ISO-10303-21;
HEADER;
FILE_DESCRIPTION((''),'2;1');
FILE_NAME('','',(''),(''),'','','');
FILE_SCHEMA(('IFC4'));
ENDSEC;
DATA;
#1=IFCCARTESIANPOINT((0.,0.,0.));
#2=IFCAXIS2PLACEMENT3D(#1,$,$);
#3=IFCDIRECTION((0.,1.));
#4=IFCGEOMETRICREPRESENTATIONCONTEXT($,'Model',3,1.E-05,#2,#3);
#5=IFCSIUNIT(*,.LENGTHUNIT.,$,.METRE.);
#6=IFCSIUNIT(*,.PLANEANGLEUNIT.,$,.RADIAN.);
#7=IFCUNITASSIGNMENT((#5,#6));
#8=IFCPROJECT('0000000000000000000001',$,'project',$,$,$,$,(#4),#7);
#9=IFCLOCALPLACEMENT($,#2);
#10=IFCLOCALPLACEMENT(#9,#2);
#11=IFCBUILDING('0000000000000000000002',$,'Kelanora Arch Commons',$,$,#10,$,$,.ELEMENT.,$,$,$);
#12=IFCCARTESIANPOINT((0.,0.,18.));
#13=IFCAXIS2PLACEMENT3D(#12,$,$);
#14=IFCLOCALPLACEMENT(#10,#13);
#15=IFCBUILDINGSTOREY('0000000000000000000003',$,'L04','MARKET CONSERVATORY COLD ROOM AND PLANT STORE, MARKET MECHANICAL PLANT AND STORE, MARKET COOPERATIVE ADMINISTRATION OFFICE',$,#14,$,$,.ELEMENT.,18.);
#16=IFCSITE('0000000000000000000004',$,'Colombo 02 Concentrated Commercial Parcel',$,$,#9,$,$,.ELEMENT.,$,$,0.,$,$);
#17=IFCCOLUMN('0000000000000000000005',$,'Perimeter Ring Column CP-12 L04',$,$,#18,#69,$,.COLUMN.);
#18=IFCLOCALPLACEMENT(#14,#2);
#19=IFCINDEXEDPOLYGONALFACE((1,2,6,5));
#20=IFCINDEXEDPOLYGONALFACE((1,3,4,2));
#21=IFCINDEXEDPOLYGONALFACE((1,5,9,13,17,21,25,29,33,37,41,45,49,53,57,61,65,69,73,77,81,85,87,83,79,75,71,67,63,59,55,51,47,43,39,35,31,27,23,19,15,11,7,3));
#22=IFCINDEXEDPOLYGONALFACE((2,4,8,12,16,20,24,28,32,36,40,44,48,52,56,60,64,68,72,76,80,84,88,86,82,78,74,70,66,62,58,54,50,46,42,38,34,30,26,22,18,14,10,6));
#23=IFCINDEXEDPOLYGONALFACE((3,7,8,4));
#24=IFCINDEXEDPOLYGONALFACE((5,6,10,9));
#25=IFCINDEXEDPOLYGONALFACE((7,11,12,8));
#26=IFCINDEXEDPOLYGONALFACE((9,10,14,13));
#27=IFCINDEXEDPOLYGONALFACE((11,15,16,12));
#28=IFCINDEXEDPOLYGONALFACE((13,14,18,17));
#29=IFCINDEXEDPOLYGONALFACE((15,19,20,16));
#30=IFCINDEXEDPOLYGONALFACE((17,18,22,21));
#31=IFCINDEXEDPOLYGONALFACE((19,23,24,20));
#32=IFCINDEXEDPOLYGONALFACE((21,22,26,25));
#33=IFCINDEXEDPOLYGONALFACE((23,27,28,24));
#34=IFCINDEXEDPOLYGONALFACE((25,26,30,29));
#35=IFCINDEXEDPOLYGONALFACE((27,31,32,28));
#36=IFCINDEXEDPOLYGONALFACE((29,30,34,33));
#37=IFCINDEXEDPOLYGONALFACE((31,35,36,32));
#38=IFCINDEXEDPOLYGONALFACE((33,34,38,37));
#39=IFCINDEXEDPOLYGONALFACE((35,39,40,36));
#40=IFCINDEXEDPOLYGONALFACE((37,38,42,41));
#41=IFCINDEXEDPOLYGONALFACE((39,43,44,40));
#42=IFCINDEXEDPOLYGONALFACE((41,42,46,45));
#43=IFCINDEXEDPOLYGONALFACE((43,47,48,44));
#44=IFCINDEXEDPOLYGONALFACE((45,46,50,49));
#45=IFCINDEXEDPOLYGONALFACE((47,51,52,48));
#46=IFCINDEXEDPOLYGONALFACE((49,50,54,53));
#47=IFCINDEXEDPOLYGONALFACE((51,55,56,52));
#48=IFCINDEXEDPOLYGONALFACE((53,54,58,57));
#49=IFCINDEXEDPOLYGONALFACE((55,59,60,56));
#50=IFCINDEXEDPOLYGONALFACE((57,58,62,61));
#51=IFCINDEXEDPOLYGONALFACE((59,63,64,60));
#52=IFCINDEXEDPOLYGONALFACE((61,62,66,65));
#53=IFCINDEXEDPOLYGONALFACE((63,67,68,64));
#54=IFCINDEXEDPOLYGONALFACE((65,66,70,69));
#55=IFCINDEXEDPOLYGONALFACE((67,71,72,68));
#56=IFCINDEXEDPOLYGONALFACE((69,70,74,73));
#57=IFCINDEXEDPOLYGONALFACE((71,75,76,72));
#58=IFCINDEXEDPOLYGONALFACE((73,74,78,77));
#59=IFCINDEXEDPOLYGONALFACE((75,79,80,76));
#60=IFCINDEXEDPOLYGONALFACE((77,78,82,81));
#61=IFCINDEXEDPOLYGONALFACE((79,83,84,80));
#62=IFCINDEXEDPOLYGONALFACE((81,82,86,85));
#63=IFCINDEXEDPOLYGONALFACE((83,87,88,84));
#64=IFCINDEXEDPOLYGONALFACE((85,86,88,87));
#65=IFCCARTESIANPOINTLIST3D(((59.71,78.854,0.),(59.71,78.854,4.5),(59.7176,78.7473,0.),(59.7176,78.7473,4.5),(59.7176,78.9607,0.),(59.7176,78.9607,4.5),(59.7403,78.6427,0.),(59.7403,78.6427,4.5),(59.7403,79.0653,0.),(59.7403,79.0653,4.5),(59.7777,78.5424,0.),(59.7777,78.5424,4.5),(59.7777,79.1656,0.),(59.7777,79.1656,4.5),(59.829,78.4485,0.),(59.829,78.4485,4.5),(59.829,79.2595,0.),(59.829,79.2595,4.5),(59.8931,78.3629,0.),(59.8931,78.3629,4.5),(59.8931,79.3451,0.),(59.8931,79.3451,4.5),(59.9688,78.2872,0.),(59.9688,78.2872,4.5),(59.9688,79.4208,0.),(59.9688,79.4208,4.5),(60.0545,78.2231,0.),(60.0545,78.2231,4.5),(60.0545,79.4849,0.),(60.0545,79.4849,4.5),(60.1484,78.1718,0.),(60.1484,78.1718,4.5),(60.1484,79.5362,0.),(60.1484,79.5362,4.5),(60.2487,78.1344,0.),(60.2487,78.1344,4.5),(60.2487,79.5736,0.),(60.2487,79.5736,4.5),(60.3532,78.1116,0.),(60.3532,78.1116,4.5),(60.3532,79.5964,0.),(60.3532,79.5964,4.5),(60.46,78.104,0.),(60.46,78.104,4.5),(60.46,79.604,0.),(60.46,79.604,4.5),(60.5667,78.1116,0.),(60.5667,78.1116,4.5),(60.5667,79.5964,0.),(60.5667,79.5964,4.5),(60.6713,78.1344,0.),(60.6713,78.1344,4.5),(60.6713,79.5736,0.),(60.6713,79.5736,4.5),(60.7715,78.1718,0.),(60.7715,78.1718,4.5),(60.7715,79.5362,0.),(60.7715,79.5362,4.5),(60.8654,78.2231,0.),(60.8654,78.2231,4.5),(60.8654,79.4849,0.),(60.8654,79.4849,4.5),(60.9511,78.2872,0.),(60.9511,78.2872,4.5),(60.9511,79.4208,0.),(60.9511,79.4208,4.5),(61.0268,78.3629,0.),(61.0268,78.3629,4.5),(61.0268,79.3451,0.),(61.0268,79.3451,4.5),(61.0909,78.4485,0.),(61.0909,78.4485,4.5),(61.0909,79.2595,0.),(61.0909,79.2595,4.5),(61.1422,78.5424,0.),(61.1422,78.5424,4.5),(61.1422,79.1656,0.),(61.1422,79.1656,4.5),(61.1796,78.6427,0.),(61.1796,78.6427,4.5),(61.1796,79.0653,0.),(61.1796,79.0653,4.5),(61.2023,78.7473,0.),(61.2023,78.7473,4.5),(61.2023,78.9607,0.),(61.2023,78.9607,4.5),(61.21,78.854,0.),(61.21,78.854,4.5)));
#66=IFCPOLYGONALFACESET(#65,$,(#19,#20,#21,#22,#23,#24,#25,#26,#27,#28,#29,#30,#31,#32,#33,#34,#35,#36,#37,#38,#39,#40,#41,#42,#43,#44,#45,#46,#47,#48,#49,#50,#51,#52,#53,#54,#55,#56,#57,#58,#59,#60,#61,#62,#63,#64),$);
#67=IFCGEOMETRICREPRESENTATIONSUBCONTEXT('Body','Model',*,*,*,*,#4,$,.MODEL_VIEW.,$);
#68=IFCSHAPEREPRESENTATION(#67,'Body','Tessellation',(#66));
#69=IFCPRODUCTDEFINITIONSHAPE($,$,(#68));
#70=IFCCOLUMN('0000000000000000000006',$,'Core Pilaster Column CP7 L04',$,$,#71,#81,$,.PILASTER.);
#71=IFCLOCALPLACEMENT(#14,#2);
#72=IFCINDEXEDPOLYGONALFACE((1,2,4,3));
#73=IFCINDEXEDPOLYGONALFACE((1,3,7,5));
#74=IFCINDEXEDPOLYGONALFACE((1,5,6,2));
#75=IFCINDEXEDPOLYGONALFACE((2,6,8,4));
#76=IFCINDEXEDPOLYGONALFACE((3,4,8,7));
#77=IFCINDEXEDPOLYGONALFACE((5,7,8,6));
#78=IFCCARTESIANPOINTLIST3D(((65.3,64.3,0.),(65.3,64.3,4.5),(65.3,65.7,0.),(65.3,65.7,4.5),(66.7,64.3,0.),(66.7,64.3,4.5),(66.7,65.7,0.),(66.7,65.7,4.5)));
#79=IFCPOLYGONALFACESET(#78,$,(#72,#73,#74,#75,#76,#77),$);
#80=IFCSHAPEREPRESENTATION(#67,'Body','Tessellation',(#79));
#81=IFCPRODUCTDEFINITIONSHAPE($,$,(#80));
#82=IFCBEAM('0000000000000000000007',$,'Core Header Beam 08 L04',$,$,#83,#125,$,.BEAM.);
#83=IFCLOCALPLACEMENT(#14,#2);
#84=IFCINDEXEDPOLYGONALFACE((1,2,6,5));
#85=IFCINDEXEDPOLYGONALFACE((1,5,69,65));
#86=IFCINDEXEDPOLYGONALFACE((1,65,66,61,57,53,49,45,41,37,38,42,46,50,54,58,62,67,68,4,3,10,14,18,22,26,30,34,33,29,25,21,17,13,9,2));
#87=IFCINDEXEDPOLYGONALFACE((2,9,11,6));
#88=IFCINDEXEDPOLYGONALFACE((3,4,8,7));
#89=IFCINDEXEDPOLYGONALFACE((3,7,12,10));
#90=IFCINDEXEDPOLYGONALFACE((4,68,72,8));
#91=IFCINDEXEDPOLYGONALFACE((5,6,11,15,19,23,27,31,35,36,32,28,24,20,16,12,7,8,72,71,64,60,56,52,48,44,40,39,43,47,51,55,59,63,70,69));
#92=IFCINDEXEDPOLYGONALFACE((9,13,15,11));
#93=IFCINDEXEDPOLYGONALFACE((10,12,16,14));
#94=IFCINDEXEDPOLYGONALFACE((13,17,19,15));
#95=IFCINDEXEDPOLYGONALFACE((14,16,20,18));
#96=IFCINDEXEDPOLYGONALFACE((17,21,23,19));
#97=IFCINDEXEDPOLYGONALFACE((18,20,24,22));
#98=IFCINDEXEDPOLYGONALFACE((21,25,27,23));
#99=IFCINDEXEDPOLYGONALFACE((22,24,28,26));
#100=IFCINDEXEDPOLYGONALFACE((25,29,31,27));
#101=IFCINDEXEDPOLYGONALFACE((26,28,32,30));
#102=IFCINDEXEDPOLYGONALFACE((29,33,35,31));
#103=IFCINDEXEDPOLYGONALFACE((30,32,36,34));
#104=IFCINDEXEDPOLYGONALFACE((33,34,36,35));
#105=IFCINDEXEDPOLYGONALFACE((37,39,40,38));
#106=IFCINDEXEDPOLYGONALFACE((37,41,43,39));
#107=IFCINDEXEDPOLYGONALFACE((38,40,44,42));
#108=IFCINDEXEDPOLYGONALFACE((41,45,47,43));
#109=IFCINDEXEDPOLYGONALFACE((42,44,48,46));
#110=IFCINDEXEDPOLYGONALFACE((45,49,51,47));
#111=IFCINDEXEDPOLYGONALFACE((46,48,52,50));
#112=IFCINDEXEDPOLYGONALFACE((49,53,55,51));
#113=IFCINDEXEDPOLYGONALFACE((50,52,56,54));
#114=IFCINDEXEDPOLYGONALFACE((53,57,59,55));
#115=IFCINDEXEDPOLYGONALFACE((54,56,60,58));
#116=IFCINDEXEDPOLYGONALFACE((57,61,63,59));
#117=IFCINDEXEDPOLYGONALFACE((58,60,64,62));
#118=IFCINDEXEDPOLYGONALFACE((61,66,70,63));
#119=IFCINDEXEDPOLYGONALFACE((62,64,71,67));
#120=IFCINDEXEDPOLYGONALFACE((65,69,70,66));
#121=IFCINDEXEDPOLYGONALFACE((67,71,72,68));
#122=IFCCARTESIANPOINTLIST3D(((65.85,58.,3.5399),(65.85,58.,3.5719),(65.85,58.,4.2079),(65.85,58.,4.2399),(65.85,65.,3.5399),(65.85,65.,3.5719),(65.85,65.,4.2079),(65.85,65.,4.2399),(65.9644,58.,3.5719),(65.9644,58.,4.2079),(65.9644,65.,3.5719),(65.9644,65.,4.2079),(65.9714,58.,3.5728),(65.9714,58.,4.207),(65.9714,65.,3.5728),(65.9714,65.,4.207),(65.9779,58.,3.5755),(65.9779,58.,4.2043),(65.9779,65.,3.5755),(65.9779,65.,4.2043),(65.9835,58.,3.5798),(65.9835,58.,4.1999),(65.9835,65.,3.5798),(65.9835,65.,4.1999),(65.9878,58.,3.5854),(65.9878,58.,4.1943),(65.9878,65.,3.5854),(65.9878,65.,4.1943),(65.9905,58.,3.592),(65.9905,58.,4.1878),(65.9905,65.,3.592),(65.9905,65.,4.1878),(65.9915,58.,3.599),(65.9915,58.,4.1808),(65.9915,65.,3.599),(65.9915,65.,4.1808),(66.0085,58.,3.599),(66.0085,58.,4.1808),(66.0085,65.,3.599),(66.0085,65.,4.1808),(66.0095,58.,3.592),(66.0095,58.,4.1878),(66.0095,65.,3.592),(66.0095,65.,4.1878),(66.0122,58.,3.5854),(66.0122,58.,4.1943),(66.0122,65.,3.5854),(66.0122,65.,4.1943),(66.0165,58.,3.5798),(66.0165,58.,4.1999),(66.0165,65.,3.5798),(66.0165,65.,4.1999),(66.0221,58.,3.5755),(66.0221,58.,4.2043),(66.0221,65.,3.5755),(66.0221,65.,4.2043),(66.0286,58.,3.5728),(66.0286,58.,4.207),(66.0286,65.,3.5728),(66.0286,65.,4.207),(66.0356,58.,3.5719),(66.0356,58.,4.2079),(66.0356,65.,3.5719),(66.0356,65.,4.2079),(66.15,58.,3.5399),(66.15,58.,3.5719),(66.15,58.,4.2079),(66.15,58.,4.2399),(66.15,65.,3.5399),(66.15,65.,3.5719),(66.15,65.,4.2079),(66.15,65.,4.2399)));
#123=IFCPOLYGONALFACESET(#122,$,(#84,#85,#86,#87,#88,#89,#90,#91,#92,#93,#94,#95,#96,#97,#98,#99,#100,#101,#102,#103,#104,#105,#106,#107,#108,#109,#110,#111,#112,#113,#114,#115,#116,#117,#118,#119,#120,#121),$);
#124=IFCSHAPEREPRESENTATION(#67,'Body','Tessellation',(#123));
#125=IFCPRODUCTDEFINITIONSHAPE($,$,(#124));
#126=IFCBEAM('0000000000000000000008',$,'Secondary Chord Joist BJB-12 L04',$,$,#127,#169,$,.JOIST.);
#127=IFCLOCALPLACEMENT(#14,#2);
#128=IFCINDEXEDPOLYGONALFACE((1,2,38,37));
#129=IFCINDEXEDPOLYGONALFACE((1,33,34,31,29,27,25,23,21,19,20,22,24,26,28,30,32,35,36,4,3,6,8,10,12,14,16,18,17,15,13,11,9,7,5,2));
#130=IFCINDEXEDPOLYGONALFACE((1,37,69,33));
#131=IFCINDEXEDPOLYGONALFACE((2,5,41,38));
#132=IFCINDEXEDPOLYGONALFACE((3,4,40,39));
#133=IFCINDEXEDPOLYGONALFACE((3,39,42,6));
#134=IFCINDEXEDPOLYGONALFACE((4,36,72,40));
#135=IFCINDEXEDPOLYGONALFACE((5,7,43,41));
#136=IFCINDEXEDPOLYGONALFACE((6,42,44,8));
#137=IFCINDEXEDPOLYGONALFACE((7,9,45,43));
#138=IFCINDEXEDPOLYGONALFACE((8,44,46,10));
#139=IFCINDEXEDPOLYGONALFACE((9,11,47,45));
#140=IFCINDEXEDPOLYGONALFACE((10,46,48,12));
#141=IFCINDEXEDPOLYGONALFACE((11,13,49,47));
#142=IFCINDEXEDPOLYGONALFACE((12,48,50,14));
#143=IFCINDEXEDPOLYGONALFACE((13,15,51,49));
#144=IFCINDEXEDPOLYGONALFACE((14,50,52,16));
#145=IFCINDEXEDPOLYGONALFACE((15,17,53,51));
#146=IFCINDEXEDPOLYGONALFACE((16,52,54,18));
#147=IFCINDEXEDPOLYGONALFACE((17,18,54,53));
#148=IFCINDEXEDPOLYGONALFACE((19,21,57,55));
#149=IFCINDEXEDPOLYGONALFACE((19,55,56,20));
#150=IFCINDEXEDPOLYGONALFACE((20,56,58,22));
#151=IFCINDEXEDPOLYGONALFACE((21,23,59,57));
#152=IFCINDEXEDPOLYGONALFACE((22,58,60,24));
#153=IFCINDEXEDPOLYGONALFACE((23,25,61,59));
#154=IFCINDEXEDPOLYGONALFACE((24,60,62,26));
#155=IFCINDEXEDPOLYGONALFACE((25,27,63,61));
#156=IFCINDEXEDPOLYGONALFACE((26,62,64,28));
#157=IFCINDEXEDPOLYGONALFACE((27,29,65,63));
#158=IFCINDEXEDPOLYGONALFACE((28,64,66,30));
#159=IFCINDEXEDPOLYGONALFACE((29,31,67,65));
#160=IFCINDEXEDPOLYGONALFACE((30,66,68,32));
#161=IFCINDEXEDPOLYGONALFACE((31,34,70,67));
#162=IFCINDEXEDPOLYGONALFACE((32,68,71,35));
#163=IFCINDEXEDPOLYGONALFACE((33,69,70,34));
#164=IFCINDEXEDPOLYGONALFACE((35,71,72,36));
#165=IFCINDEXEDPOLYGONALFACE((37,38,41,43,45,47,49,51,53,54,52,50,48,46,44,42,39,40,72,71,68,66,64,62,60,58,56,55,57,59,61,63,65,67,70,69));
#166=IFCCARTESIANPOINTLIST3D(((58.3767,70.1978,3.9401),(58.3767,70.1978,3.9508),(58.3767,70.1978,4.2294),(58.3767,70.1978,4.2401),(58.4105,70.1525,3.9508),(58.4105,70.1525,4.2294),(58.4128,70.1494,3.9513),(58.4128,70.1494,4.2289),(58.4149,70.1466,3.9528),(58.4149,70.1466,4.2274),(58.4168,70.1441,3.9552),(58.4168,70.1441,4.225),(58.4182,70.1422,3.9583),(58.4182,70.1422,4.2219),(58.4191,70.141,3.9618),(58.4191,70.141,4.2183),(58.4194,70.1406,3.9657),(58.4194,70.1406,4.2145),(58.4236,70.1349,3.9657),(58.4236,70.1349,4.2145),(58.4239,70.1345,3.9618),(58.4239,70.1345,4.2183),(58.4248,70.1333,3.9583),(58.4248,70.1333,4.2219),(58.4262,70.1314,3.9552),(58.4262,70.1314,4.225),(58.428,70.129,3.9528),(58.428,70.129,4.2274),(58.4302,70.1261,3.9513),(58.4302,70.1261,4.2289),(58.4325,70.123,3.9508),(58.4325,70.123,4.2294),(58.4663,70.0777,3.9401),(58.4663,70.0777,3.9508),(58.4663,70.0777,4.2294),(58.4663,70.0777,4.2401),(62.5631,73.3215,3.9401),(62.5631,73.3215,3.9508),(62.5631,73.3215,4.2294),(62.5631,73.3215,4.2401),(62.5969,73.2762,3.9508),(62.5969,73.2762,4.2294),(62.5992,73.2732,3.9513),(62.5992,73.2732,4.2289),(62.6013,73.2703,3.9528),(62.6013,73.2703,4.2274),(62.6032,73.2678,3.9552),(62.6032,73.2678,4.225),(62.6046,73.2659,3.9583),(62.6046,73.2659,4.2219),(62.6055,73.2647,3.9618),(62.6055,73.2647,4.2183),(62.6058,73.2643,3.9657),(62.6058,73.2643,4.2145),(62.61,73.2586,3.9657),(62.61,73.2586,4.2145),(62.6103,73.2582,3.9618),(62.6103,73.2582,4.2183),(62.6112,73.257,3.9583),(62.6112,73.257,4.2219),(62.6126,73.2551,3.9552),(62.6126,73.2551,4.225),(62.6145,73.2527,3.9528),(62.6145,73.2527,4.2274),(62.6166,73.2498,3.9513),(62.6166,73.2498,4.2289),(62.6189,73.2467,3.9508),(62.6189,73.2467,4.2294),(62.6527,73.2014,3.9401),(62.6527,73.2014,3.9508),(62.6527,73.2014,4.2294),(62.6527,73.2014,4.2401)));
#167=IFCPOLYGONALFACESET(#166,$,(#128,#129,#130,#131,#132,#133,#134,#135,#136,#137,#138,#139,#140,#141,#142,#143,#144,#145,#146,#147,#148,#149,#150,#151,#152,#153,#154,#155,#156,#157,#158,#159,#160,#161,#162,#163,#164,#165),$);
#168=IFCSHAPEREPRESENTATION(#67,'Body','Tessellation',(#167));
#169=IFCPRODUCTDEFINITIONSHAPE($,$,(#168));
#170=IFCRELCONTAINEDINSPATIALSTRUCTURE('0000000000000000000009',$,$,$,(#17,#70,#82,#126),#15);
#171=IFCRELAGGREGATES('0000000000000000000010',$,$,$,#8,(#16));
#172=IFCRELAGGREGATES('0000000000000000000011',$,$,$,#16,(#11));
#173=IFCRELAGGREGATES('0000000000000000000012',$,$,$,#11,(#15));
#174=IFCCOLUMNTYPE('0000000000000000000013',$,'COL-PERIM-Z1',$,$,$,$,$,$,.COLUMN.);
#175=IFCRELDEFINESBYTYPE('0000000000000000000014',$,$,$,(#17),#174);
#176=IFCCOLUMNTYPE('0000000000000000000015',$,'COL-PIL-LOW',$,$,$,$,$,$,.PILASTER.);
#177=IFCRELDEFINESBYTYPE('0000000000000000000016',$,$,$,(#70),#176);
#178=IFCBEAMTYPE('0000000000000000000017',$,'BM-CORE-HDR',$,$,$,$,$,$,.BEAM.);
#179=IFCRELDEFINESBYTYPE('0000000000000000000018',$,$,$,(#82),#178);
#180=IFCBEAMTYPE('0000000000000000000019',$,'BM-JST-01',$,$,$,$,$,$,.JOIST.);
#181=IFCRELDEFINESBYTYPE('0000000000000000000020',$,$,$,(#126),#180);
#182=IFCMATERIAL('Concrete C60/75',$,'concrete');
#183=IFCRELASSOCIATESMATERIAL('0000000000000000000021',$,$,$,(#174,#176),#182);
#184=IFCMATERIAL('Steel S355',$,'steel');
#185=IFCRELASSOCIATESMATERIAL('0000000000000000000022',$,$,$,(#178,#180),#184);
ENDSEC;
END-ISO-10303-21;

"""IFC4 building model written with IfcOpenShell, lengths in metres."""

from ifc_helpers import new_model, si_unit, direction, frame, origin, origin_2d, place, context, subcontext, project, spatial, rectangle, circle, i_section, extrude, material, material_profile, profile_set, type_object, element, save


model = new_model("IFC4")

# Units and contexts
model_context = context("Model", 3, precision=1e-05, world=origin(), true_north=direction((0.0, 1.0)))
body_context = subcontext(model_context, "Body", "Model", "MODEL_VIEW")
ifc_project = project(units=[si_unit("LENGTHUNIT", "METRE"), si_unit("PLANEANGLEUNIT", "RADIAN")], contexts=[model_context])

# Site, building, storey
site_placement = place(None, origin())
site = spatial("IfcSite", under=ifc_project, at=site_placement, Name="Colombo 02 Concentrated Commercial Parcel", CompositionType="ELEMENT", RefElevation=0.0)
building_placement = place(site_placement, origin())
building = spatial("IfcBuilding", under=site, at=building_placement, Name="Kelanora Arch Commons", CompositionType="ELEMENT")
storey_placement = place(building_placement, frame((0.0, 0.0, 18.0)))
storey = spatial("IfcBuildingStorey", under=building, at=storey_placement, Name="L04", Description="MARKET CONSERVATORY COLD ROOM AND PLANT STORE, MARKET MECHANICAL PLANT AND STORE, MARKET COOPERATIVE ADMINISTRATION OFFICE", CompositionType="ELEMENT", Elevation=18.0)

# Columns
ifc_material_1 = material(Name="Concrete C60/75", Category="concrete")
ifc_material_profile_1 = material_profile(ifc_material_1, circle(Radius=0.75, at=origin_2d()), Name="RCC1500")
ifc_profile_set_1 = profile_set([ifc_material_profile_1], Name="Concrete C60/75")
column_type_1 = type_object("IfcColumnType", Name="COL-PERIM-Z1", PredefinedType="COLUMN", material=ifc_profile_set_1)
column_1_placement = place(storey_placement, frame((60.46, 78.854, 0.0), z_axis=(0.0, 0.0, 1.0), x_axis=(1.0, 0.0, 0.0)))
element("IfcColumn", 1, at=column_1_placement, inside=storey, type_object=column_type_1, Name="Perimeter Ring Column CP-12 L04", PredefinedType="COLUMN", context=body_context, shape_type="SweptSolid", body=[
    extrude(circle(Radius=0.75, at=origin_2d()), origin(), (0.0, 0.0, 1.0), 4.5),
])
ifc_material_profile_2 = material_profile(ifc_material_1, rectangle(XDim=1.3999, YDim=1.3999, at=origin_2d()), Name="RC1400x1400")
ifc_profile_set_2 = profile_set([ifc_material_profile_2], Name="Concrete C60/75")
column_type_2 = type_object("IfcColumnType", Name="COL-PIL-LOW", PredefinedType="PILASTER", material=ifc_profile_set_2)
column_2_placement = place(storey_placement, frame((66.0, 65.0, 0.0), z_axis=(0.0, 0.0, 1.0), x_axis=(1.0, 0.0, 0.0)))
element("IfcColumn", 2, at=column_2_placement, inside=storey, type_object=column_type_2, Name="Core Pilaster Column CP7 L04", PredefinedType="PILASTER", context=body_context, shape_type="SweptSolid", body=[
    extrude(rectangle(XDim=1.3999, YDim=1.3999, at=origin_2d()), origin(), (0.0, 0.0, 1.0), 4.5),
])

# Beams
ifc_material_2 = material(Name="Steel S355", Category="steel")
ifc_material_profile_3 = material_profile(ifc_material_2, i_section(OverallWidth=0.3, OverallDepth=0.7, WebThickness=0.0171, FlangeThickness=0.032, FilletRadius=0.0271, at=origin_2d()), Name="HEB700")
ifc_profile_set_3 = profile_set([ifc_material_profile_3], Name="Steel S355")
beam_type_1 = type_object("IfcBeamType", Name="BM-CORE-HDR", PredefinedType="BEAM", material=ifc_profile_set_3)
beam_1_placement = place(storey_placement, frame((66.0, 65.0, 3.8899), z_axis=(0.0, -1.0, 0.0), x_axis=(1.0, 0.0, 0.0)))
element("IfcBeam", 3, at=beam_1_placement, inside=storey, type_object=beam_type_1, Name="Core Header Beam 08 L04", PredefinedType="BEAM", context=body_context, shape_type="SweptSolid", body=[
    extrude(i_section(OverallWidth=0.3, OverallDepth=0.7, WebThickness=0.0171, FlangeThickness=0.032, FilletRadius=0.0271, at=origin_2d()), origin(), (0.0, 0.0, 1.0), 7.0),
])
ifc_material_profile_4 = material_profile(ifc_material_2, i_section(OverallWidth=0.1499, OverallDepth=0.3, WebThickness=0.0071, FlangeThickness=0.0107, FilletRadius=0.0149, at=origin_2d()), Name="IPE300")
ifc_profile_set_4 = profile_set([ifc_material_profile_4], Name="Steel S355")
beam_type_2 = type_object("IfcBeamType", Name="BM-JST-01", PredefinedType="JOIST", material=ifc_profile_set_4)
beam_2_placement = place(storey_placement, frame((62.6079, 73.2615, 4.0901), z_axis=(-0.801478, -0.598024, 0.0), x_axis=(0.598024, -0.801478, 0.0)))
element("IfcBeam", 4, at=beam_2_placement, inside=storey, type_object=beam_type_2, Name="Secondary Chord Joist BJB-12 L04", PredefinedType="JOIST", context=body_context, shape_type="SweptSolid", body=[
    extrude(i_section(OverallWidth=0.1499, OverallDepth=0.3, WebThickness=0.0071, FlangeThickness=0.0107, FilletRadius=0.0149, at=origin_2d()), origin(), (0.0, 0.0, 1.0), 5.2234),
])

save(model, "model.ifc")
